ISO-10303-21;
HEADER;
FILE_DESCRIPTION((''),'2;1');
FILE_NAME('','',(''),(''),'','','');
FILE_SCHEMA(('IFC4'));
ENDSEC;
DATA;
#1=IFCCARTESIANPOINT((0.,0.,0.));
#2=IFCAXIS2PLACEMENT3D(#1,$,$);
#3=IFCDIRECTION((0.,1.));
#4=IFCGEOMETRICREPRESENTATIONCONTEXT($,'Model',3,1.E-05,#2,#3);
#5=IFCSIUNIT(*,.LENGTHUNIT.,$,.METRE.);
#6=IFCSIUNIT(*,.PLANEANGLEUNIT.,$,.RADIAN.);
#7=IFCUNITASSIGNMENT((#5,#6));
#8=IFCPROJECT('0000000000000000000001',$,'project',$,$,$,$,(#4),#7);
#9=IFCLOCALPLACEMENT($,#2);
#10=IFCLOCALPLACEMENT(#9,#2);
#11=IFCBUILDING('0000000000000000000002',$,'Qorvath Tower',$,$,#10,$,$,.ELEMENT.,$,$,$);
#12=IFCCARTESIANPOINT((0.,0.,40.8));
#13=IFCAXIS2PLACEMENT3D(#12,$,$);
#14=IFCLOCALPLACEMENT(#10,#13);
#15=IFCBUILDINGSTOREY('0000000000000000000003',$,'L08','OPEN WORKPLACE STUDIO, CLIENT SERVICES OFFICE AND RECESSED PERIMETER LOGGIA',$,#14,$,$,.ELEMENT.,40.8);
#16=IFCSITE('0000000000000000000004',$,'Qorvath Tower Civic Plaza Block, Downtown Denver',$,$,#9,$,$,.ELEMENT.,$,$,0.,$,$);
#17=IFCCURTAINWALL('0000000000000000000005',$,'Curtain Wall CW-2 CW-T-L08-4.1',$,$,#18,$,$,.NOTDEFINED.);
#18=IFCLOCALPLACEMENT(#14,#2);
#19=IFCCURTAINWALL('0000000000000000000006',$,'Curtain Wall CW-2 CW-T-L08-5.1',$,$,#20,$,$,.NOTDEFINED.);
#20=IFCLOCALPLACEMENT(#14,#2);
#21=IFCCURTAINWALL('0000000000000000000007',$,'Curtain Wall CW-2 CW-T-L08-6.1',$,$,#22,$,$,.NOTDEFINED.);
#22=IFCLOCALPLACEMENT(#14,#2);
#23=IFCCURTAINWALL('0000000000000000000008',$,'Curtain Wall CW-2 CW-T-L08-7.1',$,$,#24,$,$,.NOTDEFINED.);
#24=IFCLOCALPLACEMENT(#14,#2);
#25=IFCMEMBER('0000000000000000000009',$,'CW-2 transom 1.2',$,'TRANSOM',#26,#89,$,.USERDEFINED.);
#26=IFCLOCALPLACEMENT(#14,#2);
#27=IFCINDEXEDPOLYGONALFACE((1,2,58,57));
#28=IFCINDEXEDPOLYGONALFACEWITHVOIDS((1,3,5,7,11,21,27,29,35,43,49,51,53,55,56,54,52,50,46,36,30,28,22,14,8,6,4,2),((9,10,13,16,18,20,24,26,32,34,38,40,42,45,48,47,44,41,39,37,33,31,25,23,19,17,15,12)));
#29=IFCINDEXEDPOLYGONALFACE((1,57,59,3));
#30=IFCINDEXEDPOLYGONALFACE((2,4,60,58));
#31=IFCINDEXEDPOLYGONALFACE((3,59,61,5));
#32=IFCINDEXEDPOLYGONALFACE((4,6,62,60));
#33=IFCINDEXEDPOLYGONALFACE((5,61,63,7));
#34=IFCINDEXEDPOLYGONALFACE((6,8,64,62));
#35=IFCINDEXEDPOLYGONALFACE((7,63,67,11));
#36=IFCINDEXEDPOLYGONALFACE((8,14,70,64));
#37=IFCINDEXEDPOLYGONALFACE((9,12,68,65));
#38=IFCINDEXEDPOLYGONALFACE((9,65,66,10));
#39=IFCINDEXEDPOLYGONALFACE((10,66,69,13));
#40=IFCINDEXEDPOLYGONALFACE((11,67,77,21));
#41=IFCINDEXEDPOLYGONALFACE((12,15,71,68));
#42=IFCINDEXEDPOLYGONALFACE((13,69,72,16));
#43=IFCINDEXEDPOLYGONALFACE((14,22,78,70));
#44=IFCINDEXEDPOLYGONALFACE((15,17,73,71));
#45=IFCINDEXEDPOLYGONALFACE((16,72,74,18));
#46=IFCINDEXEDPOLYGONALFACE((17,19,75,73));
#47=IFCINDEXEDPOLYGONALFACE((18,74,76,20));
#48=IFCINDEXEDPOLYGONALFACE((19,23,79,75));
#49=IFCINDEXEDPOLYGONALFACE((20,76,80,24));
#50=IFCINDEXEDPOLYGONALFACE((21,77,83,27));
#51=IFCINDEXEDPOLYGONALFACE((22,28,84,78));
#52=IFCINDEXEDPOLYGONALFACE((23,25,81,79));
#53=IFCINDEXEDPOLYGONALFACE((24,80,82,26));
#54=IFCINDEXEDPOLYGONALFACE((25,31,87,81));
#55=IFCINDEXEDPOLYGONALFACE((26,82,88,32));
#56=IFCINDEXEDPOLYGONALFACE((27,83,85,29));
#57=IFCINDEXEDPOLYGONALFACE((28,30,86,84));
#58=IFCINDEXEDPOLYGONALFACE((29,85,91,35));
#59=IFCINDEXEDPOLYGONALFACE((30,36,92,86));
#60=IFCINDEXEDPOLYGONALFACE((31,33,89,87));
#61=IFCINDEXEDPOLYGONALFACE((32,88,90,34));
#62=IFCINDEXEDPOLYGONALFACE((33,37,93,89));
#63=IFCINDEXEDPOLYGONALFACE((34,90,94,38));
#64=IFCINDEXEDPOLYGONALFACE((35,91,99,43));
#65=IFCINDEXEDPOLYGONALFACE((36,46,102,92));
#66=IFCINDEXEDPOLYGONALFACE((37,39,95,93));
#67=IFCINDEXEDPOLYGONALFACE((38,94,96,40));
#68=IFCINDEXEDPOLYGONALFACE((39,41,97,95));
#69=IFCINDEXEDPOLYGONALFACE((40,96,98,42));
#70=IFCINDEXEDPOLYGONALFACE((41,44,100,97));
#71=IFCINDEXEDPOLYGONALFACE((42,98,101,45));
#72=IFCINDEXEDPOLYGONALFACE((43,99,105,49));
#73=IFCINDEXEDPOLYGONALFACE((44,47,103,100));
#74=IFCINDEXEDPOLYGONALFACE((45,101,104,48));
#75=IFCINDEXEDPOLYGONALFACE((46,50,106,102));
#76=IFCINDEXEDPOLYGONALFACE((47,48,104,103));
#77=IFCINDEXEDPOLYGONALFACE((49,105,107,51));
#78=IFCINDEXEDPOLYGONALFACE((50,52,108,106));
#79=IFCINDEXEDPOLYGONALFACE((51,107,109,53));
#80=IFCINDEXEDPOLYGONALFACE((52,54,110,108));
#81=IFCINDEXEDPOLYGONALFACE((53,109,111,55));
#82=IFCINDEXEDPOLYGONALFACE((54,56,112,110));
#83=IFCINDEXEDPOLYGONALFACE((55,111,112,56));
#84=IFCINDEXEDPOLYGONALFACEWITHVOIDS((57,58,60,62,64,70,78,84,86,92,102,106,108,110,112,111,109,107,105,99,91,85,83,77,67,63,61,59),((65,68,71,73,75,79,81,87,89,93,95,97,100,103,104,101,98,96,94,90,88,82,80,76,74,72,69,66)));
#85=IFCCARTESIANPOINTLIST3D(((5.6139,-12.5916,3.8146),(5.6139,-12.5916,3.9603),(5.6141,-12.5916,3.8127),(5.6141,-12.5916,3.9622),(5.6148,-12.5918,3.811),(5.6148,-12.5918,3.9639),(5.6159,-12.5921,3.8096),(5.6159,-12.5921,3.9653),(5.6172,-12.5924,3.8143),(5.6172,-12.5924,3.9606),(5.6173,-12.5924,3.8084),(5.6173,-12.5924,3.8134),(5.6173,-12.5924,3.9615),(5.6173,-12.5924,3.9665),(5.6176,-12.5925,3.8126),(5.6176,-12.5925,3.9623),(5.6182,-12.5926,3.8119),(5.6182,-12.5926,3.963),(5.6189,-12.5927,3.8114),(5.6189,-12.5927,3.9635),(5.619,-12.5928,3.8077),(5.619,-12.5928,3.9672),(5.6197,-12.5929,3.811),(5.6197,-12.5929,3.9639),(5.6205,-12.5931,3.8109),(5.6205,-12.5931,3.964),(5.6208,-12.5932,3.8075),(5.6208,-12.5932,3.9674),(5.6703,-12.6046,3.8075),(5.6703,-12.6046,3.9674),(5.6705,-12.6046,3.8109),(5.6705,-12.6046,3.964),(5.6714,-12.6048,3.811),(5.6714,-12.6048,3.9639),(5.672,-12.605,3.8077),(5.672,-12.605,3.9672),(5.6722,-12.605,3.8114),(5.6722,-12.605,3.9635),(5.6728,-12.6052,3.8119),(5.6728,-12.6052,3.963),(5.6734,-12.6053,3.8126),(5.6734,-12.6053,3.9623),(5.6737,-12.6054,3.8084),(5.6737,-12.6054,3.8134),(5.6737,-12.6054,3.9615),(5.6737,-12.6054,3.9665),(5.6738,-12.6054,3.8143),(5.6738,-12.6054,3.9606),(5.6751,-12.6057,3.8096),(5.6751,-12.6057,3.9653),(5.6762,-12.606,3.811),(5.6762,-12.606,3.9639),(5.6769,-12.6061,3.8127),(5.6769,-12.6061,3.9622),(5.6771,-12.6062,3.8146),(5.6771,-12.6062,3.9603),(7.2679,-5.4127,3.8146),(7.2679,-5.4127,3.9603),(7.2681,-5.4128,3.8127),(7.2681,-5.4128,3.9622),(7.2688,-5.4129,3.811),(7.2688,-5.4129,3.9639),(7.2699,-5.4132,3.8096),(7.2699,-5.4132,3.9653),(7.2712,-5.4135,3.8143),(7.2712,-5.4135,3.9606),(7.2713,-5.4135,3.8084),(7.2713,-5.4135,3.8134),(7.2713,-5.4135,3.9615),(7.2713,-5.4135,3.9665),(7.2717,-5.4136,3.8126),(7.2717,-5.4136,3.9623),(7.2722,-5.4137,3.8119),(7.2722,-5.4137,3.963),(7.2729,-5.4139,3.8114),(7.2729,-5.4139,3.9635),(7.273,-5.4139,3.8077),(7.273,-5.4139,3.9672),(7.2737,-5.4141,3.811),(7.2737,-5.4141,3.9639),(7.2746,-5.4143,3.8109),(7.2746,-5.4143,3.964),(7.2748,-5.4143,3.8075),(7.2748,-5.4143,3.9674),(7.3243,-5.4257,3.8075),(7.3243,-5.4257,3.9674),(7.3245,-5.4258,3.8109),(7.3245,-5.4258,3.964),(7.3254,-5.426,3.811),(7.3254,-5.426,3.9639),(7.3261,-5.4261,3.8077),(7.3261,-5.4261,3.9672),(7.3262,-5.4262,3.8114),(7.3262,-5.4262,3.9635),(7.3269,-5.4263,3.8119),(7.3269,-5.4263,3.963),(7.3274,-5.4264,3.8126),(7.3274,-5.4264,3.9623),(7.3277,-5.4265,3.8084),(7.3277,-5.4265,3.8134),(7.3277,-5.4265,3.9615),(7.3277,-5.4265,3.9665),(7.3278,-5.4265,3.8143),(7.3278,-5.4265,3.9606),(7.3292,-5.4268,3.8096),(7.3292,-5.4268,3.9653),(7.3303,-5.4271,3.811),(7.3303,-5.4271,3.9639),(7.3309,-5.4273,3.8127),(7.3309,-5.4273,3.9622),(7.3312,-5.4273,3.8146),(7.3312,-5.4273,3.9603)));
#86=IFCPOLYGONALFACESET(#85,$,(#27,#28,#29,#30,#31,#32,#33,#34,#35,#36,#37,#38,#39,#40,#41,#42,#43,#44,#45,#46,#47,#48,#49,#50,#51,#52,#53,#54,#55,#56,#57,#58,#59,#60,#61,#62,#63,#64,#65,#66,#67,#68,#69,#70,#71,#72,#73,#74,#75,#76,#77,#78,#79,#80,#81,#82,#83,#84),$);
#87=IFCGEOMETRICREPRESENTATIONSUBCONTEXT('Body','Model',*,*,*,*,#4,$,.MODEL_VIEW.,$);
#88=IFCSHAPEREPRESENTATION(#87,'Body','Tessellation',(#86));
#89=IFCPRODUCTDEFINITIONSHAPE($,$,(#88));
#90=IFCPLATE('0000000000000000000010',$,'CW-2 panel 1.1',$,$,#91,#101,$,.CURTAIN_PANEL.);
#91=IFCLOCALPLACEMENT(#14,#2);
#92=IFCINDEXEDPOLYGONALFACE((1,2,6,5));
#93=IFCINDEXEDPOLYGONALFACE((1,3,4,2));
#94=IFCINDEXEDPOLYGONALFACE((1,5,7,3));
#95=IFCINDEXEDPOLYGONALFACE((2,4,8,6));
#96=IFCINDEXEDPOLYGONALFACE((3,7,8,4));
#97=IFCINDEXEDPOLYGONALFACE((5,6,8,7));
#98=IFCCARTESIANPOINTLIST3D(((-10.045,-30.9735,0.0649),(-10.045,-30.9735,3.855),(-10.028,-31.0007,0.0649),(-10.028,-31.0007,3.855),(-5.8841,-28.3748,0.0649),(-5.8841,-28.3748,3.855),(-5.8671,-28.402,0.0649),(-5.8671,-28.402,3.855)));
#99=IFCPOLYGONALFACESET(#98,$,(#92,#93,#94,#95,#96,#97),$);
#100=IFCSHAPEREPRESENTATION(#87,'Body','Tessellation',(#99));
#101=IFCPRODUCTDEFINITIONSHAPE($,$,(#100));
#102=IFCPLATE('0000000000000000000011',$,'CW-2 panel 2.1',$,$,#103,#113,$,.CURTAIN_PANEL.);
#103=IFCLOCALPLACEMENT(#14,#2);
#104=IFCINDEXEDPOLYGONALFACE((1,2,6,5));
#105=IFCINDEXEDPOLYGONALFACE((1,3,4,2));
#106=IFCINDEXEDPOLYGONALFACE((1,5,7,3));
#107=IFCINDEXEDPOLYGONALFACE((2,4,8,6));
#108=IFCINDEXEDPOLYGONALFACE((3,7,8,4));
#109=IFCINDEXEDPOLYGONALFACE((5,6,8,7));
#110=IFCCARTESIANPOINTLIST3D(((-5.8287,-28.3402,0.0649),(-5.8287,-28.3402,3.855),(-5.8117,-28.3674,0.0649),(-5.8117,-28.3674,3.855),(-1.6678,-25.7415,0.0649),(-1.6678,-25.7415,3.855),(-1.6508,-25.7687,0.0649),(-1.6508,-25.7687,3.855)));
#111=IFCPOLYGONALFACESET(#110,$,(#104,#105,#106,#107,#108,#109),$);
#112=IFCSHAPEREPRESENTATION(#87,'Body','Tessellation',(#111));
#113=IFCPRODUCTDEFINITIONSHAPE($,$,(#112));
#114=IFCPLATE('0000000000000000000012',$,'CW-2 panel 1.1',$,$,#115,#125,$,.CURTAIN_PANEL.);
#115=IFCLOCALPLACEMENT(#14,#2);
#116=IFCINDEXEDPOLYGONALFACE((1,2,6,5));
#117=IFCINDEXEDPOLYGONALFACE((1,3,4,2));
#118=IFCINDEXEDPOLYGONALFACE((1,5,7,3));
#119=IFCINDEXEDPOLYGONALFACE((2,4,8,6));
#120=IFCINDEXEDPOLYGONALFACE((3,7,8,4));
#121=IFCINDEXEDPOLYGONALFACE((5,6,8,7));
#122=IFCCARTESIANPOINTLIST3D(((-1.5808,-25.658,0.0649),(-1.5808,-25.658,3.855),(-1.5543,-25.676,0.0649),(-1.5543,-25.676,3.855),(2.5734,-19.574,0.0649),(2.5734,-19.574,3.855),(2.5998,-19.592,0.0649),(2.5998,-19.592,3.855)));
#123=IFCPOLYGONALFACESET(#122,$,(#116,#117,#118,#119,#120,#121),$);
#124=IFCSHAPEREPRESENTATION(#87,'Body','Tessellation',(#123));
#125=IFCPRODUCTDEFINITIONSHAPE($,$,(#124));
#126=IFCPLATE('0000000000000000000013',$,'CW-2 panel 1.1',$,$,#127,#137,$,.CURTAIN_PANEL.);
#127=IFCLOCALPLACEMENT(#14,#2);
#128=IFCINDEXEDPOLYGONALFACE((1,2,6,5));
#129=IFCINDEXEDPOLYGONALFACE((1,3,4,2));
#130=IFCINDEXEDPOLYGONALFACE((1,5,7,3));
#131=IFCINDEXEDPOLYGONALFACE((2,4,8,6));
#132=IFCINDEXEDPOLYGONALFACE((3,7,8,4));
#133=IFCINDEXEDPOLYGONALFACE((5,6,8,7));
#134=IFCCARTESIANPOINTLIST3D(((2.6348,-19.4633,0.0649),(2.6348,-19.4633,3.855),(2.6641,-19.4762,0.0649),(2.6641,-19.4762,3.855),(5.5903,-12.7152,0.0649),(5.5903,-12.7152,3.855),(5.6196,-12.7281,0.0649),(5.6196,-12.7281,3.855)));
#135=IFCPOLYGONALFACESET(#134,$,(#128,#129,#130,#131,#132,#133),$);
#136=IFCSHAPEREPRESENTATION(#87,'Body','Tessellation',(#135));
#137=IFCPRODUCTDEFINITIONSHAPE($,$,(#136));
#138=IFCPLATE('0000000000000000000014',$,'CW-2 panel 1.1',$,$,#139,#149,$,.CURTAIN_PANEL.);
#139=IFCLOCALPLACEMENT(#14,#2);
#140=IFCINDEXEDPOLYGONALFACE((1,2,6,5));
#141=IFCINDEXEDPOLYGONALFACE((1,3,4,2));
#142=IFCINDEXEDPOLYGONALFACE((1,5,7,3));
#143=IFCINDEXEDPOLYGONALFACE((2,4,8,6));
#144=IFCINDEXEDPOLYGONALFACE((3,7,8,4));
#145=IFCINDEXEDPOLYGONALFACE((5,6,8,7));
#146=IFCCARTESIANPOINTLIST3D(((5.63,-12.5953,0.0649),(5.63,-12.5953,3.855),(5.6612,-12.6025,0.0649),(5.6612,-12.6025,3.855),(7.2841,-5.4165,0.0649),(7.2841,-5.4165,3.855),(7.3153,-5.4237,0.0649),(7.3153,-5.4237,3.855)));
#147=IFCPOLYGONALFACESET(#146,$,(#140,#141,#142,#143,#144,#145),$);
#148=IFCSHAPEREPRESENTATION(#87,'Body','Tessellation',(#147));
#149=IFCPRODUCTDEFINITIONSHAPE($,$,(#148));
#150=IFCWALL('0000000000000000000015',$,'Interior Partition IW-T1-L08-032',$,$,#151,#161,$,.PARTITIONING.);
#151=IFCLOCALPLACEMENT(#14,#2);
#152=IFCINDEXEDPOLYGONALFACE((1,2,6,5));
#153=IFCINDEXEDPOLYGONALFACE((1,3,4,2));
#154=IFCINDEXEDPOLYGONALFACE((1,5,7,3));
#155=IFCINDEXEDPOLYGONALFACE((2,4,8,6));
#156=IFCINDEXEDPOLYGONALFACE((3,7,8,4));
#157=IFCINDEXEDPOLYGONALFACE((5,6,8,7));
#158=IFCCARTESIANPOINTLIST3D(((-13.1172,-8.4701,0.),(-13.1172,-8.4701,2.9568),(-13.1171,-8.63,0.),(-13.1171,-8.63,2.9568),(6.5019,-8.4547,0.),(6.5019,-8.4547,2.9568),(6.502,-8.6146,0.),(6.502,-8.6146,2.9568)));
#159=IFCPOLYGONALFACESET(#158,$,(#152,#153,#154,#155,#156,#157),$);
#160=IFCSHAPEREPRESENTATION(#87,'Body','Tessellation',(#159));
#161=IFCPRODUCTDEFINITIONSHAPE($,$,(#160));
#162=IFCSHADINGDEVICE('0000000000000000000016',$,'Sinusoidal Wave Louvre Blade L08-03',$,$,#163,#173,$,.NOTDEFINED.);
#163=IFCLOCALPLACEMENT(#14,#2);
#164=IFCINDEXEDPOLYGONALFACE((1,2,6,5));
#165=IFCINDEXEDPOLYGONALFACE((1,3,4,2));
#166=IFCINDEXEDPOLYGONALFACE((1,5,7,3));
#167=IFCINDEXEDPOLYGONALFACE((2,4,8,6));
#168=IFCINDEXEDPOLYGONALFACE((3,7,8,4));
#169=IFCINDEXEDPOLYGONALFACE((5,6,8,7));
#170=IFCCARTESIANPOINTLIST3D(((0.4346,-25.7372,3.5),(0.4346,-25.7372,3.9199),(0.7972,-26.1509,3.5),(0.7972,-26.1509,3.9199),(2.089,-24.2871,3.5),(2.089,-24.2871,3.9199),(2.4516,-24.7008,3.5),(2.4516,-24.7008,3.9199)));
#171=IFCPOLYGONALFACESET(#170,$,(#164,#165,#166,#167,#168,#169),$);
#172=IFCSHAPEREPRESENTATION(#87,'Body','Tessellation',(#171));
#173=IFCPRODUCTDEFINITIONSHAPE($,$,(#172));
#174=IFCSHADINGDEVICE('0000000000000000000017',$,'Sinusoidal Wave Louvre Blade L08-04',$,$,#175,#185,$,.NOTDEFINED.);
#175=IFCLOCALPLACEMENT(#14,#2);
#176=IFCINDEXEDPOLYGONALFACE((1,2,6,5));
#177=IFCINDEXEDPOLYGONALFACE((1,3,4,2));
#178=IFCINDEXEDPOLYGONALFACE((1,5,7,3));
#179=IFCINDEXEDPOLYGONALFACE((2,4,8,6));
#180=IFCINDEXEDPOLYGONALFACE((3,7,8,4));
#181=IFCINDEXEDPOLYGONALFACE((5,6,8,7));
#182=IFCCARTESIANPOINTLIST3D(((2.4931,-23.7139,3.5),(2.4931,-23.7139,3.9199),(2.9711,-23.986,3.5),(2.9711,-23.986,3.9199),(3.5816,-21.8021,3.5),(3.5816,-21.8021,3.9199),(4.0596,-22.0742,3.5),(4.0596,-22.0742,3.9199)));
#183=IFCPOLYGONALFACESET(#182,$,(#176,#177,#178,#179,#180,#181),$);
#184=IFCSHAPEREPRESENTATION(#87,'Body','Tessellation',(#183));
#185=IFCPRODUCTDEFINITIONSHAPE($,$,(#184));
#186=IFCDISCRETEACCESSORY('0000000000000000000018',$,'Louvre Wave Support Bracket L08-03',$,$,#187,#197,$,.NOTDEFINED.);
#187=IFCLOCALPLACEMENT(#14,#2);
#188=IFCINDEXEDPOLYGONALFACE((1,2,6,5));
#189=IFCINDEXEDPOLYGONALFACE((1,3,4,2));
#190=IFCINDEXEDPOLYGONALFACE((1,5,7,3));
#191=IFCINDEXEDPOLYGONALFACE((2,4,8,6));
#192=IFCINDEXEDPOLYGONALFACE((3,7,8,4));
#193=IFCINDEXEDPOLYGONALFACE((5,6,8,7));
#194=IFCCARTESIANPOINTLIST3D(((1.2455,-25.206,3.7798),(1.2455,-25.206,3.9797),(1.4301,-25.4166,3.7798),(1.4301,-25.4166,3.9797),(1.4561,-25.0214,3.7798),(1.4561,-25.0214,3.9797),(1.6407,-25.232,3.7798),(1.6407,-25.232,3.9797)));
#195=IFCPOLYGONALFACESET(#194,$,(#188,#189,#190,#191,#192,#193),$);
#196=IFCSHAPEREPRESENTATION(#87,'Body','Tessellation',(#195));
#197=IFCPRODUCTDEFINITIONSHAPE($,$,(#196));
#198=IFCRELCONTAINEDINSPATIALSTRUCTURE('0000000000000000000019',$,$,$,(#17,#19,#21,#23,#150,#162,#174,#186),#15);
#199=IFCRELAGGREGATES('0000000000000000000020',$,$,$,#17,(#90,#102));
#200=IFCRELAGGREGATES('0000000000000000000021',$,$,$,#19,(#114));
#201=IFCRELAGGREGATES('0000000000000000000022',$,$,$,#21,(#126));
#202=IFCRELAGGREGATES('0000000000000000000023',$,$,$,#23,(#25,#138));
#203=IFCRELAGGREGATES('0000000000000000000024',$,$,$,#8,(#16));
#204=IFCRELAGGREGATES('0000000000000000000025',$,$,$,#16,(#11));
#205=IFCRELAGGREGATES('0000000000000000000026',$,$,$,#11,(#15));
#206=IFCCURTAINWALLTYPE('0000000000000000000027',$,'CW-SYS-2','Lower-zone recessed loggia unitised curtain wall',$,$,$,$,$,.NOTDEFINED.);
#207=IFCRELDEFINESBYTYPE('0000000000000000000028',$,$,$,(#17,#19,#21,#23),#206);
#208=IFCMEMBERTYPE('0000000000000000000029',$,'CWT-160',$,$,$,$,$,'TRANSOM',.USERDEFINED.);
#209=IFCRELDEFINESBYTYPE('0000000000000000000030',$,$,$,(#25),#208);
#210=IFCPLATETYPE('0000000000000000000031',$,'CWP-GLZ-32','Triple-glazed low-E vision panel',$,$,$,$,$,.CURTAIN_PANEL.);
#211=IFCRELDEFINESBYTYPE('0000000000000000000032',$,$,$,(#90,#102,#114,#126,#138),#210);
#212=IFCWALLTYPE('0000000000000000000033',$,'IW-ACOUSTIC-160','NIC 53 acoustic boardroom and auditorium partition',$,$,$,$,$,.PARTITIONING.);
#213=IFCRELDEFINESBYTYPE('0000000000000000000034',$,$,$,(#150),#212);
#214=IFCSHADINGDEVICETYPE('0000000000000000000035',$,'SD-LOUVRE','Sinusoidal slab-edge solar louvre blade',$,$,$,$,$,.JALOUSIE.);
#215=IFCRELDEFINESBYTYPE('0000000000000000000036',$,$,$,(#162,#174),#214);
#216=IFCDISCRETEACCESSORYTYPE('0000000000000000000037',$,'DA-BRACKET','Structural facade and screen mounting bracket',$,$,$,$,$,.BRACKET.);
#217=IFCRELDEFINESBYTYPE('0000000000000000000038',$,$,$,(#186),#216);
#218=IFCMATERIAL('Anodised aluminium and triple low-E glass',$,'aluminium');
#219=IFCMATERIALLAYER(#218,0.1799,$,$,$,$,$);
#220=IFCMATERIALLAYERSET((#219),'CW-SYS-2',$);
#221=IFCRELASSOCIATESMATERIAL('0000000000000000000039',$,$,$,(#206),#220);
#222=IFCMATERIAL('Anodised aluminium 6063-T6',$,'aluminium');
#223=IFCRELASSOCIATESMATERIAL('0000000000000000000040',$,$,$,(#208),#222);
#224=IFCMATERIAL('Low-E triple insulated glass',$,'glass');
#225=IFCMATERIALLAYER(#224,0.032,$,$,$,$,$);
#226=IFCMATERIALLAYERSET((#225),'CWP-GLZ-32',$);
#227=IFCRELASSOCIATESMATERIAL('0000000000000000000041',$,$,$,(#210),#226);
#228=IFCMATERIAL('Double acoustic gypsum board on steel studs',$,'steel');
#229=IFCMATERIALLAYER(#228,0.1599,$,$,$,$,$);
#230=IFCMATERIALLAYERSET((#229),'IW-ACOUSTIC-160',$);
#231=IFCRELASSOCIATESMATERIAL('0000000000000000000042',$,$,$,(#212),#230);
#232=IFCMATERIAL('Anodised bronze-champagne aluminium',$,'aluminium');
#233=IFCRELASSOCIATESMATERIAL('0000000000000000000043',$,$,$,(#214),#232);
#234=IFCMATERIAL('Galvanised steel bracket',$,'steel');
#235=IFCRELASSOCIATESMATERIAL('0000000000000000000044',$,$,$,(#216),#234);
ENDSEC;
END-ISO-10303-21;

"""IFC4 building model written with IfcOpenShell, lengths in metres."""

from ifc_helpers import new_model, si_unit, direction, frame, frame_2d, origin, origin_2d, place, context, subcontext, project, spatial, rectangle, hollow_rectangle, extrude, material, layer, layer_set, material_profile, profile_set, type_object, element, aggregate, save


model = new_model("IFC4")

# Units and contexts
model_context = context("Model", 3, precision=1e-05, world=origin(), true_north=direction((0.0, 1.0)))
body_context = subcontext(model_context, "Body", "Model", "MODEL_VIEW")
ifc_project = project(units=[si_unit("LENGTHUNIT", "METRE"), si_unit("PLANEANGLEUNIT", "RADIAN")], contexts=[model_context])

# Site, building, storey
site_placement = place(None, origin())
site = spatial("IfcSite", under=ifc_project, at=site_placement, Name="Qorvath Tower Civic Plaza Block, Downtown Denver", CompositionType="ELEMENT", RefElevation=0.0)
building_placement = place(site_placement, origin())
building = spatial("IfcBuilding", under=site, at=building_placement, Name="Qorvath Tower", CompositionType="ELEMENT")
storey_placement = place(building_placement, frame((0.0, 0.0, 40.8)))
storey = spatial("IfcBuildingStorey", under=building, at=storey_placement, Name="L08", Description="OPEN WORKPLACE STUDIO, CLIENT SERVICES OFFICE AND RECESSED PERIMETER LOGGIA", CompositionType="ELEMENT", Elevation=40.8)

# Curtain walls
ifc_material_1 = material(Name="Anodised aluminium and triple low-E glass", Category="aluminium")
ifc_layer_1 = layer(ifc_material_1, 0.1799)
ifc_layer_set_1 = layer_set([ifc_layer_1], Name="CW-SYS-2")
curtain_wall_type = type_object("IfcCurtainWallType", Name="CW-SYS-2", Description="Lower-zone recessed loggia unitised curtain wall", PredefinedType="NOTDEFINED", material=ifc_layer_set_1)
curtain_wall_1_placement = place(storey_placement, origin())
curtain_wall_1 = element("IfcCurtainWall", 1, at=curtain_wall_1_placement, inside=storey, type_object=curtain_wall_type, Name="Curtain Wall CW-2 CW-T-L08-4.1", PredefinedType="NOTDEFINED")
curtain_wall_2_placement = place(storey_placement, origin())
curtain_wall_2 = element("IfcCurtainWall", 2, at=curtain_wall_2_placement, inside=storey, type_object=curtain_wall_type, Name="Curtain Wall CW-2 CW-T-L08-5.1", PredefinedType="NOTDEFINED")
curtain_wall_3_placement = place(storey_placement, origin())
curtain_wall_3 = element("IfcCurtainWall", 3, at=curtain_wall_3_placement, inside=storey, type_object=curtain_wall_type, Name="Curtain Wall CW-2 CW-T-L08-6.1", PredefinedType="NOTDEFINED")

# Curtain wall
curtain_wall_4_placement = place(storey_placement, origin())
curtain_wall_4 = element("IfcCurtainWall", 4, at=curtain_wall_4_placement, inside=storey, type_object=curtain_wall_type, Name="Curtain Wall CW-2 CW-T-L08-7.1", PredefinedType="NOTDEFINED")

# Member
ifc_material_2 = material(Name="Anodised aluminium 6063-T6", Category="aluminium")
ifc_material_profile_1 = material_profile(ifc_material_2, hollow_rectangle(XDim=0.0649, YDim=0.1599, WallThickness=0.0034, InnerFilletRadius=0.0034, OuterFilletRadius=0.0071, at=origin_2d()), Name="CWT 160x65")
ifc_profile_set_1 = profile_set([ifc_material_profile_1], Name="Anodised aluminium 6063-T6")
member_type_1 = type_object("IfcMemberType", Name="CWT-160", ElementType="TRANSOM", PredefinedType="USERDEFINED", material=ifc_profile_set_1)
member_1_placement = place(storey_placement, frame((5.6455, -12.5989, 3.8875), z_axis=(0.224521, 0.974469, 0.0), x_axis=(-0.974469, 0.224521, 0.0)))
member_1 = element("IfcMember", 5, at=member_1_placement, type_object=member_type_1, Name="CW-2 transom 1.2", ObjectType="TRANSOM", PredefinedType="USERDEFINED", context=body_context, shape_type="SweptSolid", body=[
    extrude(hollow_rectangle(XDim=0.0649, YDim=0.1599, WallThickness=0.0034, InnerFilletRadius=0.0034, OuterFilletRadius=0.0071, at=origin_2d()), origin(), (0.0, 0.0, 1.0), 7.3669),
])

# Plates
ifc_material_3 = material(Name="Low-E triple insulated glass", Category="glass")
ifc_layer_2 = layer(ifc_material_3, 0.032)
ifc_layer_set_2 = layer_set([ifc_layer_2], Name="CWP-GLZ-32")
plate_type = type_object("IfcPlateType", Name="CWP-GLZ-32", Description="Triple-glazed low-E vision panel", PredefinedType="CURTAIN_PANEL", material=ifc_layer_set_2)
plate_1_placement = place(storey_placement, frame((-7.9561, -29.6877, 0.0649), z_axis=(0.0, 0.0, 1.0), x_axis=(0.84817, 0.529724, 0.0)))
plate_1 = element("IfcPlate", 6, at=plate_1_placement, type_object=plate_type, Name="CW-2 panel 1.1", PredefinedType="CURTAIN_PANEL", context=body_context, shape_type="SweptSolid", body=[
    extrude(rectangle(XDim=4.9058, YDim=0.032, at=origin_2d()), origin(), (0.0, 0.0, 1.0), 3.79),
])
plate_2_placement = place(storey_placement, frame((-3.7397, -27.0544, 0.0649), z_axis=(0.0, 0.0, 1.0), x_axis=(0.84817, 0.529724, 0.0)))
plate_2 = element("IfcPlate", 7, at=plate_2_placement, type_object=plate_type, Name="CW-2 panel 2.1", PredefinedType="CURTAIN_PANEL", context=body_context, shape_type="SweptSolid", body=[
    extrude(rectangle(XDim=4.9058, YDim=0.032, at=origin_2d()), origin(), (0.0, 0.0, 1.0), 3.79),
])
aggregate(curtain_wall_1, [plate_1, plate_2])
plate_3_placement = place(storey_placement, frame((0.5095, -22.625, 0.0649), z_axis=(0.0, 0.0, 1.0), x_axis=(0.563891, 0.825849, 0.0)))
plate_3 = element("IfcPlate", 8, at=plate_3_placement, type_object=plate_type, Name="CW-2 panel 1.1", PredefinedType="CURTAIN_PANEL", context=body_context, shape_type="SweptSolid", body=[
    extrude(rectangle(XDim=7.3669, YDim=0.032, at=origin_2d()), origin(), (0.0, 0.0, 1.0), 3.79),
])
aggregate(curtain_wall_2, [plate_3])
plate_4_placement = place(storey_placement, frame((4.1272, -16.0957, 0.0649), z_axis=(0.0, 0.0, 1.0), x_axis=(0.401177, 0.916001, 0.0)))
plate_4 = element("IfcPlate", 9, at=plate_4_placement, type_object=plate_type, Name="CW-2 panel 1.1", PredefinedType="CURTAIN_PANEL", context=body_context, shape_type="SweptSolid", body=[
    extrude(rectangle(XDim=7.3669, YDim=0.032, at=origin_2d()), origin(), (0.0, 0.0, 1.0), 3.79),
])
aggregate(curtain_wall_3, [plate_4])
plate_5_placement = place(storey_placement, frame((6.4727, -9.0095, 0.0649), z_axis=(0.0, 0.0, 1.0), x_axis=(0.224535, 0.974466, 0.0)))
plate_5 = element("IfcPlate", 10, at=plate_5_placement, type_object=plate_type, Name="CW-2 panel 1.1", PredefinedType="CURTAIN_PANEL", context=body_context, shape_type="SweptSolid", body=[
    extrude(rectangle(XDim=7.3669, YDim=0.032, at=origin_2d()), origin(), (0.0, 0.0, 1.0), 3.79),
])
aggregate(curtain_wall_4, [member_1, plate_5])

# Wall
ifc_material_4 = material(Name="Double acoustic gypsum board on steel studs", Category="steel")
ifc_layer_3 = layer(ifc_material_4, 0.1599)
ifc_layer_set_3 = layer_set([ifc_layer_3], Name="IW-ACOUSTIC-160")
wall_type = type_object("IfcWallType", Name="IW-ACOUSTIC-160", Description="NIC 53 acoustic boardroom and auditorium partition", PredefinedType="PARTITIONING", material=ifc_layer_set_3)
wall_placement = place(storey_placement, frame((6.502, -8.5347, 0.0), z_axis=(0.0, 0.0, 1.0), x_axis=(-1.0, -0.000784, 0.0)))
element("IfcWall", 11, at=wall_placement, inside=storey, type_object=wall_type, Name="Interior Partition IW-T1-L08-032", PredefinedType="PARTITIONING", context=body_context, shape_type="SweptSolid", body=[
    extrude(rectangle(XDim=19.6191, YDim=0.1599, at=frame_2d((9.8096, 0.0))), origin(), (0.0, 0.0, 1.0), 2.9568),
])

# Shading devices
ifc_material_5 = material(Name="Anodised bronze-champagne aluminium", Category="aluminium")
shading_device_type = type_object("IfcShadingDeviceType", Name="SD-LOUVRE", Description="Sinusoidal slab-edge solar louvre blade", PredefinedType="JALOUSIE", material=ifc_material_5)
for number, where, z_axis, x_axis, name in (
    (12, (1.4431, -25.219, 3.5), (0.0, 0.0, 1.0), (0.752005, 0.659157, 0.0), "Sinusoidal Wave Louvre Blade L08-03"),
    (13, (3.2764, -22.894, 3.5), (0.0, 0.0, 1.0), (0.494763, 0.869028, 0.0), "Sinusoidal Wave Louvre Blade L08-04"),
):
    element("IfcShadingDevice", number, at=place(storey_placement, frame(where, z_axis=z_axis, x_axis=x_axis)), inside=storey, type_object=shading_device_type, Name=name, PredefinedType="NOTDEFINED", context=body_context, shape_type="SweptSolid", body=[
        extrude(rectangle(XDim=2.2, YDim=0.55, at=origin_2d()), origin(), (0.0, 0.0, 1.0), 0.4199),
    ])

# Discrete accessory
ifc_material_6 = material(Name="Galvanised steel bracket", Category="steel")
discrete_accessory_type = type_object("IfcDiscreteAccessoryType", Name="DA-BRACKET", Description="Structural facade and screen mounting bracket", PredefinedType="BRACKET", material=ifc_material_6)
for number, where, z_axis, x_axis, name in (
    (14, (1.4431, -25.219, 3.7798), (0.0, 0.0, 1.0), (0.752005, 0.659157, 0.0), "Louvre Wave Support Bracket L08-03"),
):
    element("IfcDiscreteAccessory", number, at=place(storey_placement, frame(where, z_axis=z_axis, x_axis=x_axis)), inside=storey, type_object=discrete_accessory_type, Name=name, PredefinedType="NOTDEFINED", context=body_context, shape_type="SweptSolid", body=[
        extrude(rectangle(XDim=0.28, YDim=0.28, at=origin_2d()), origin(), (0.0, 0.0, 1.0), 0.2),
    ])

save(model, "model.ifc")
